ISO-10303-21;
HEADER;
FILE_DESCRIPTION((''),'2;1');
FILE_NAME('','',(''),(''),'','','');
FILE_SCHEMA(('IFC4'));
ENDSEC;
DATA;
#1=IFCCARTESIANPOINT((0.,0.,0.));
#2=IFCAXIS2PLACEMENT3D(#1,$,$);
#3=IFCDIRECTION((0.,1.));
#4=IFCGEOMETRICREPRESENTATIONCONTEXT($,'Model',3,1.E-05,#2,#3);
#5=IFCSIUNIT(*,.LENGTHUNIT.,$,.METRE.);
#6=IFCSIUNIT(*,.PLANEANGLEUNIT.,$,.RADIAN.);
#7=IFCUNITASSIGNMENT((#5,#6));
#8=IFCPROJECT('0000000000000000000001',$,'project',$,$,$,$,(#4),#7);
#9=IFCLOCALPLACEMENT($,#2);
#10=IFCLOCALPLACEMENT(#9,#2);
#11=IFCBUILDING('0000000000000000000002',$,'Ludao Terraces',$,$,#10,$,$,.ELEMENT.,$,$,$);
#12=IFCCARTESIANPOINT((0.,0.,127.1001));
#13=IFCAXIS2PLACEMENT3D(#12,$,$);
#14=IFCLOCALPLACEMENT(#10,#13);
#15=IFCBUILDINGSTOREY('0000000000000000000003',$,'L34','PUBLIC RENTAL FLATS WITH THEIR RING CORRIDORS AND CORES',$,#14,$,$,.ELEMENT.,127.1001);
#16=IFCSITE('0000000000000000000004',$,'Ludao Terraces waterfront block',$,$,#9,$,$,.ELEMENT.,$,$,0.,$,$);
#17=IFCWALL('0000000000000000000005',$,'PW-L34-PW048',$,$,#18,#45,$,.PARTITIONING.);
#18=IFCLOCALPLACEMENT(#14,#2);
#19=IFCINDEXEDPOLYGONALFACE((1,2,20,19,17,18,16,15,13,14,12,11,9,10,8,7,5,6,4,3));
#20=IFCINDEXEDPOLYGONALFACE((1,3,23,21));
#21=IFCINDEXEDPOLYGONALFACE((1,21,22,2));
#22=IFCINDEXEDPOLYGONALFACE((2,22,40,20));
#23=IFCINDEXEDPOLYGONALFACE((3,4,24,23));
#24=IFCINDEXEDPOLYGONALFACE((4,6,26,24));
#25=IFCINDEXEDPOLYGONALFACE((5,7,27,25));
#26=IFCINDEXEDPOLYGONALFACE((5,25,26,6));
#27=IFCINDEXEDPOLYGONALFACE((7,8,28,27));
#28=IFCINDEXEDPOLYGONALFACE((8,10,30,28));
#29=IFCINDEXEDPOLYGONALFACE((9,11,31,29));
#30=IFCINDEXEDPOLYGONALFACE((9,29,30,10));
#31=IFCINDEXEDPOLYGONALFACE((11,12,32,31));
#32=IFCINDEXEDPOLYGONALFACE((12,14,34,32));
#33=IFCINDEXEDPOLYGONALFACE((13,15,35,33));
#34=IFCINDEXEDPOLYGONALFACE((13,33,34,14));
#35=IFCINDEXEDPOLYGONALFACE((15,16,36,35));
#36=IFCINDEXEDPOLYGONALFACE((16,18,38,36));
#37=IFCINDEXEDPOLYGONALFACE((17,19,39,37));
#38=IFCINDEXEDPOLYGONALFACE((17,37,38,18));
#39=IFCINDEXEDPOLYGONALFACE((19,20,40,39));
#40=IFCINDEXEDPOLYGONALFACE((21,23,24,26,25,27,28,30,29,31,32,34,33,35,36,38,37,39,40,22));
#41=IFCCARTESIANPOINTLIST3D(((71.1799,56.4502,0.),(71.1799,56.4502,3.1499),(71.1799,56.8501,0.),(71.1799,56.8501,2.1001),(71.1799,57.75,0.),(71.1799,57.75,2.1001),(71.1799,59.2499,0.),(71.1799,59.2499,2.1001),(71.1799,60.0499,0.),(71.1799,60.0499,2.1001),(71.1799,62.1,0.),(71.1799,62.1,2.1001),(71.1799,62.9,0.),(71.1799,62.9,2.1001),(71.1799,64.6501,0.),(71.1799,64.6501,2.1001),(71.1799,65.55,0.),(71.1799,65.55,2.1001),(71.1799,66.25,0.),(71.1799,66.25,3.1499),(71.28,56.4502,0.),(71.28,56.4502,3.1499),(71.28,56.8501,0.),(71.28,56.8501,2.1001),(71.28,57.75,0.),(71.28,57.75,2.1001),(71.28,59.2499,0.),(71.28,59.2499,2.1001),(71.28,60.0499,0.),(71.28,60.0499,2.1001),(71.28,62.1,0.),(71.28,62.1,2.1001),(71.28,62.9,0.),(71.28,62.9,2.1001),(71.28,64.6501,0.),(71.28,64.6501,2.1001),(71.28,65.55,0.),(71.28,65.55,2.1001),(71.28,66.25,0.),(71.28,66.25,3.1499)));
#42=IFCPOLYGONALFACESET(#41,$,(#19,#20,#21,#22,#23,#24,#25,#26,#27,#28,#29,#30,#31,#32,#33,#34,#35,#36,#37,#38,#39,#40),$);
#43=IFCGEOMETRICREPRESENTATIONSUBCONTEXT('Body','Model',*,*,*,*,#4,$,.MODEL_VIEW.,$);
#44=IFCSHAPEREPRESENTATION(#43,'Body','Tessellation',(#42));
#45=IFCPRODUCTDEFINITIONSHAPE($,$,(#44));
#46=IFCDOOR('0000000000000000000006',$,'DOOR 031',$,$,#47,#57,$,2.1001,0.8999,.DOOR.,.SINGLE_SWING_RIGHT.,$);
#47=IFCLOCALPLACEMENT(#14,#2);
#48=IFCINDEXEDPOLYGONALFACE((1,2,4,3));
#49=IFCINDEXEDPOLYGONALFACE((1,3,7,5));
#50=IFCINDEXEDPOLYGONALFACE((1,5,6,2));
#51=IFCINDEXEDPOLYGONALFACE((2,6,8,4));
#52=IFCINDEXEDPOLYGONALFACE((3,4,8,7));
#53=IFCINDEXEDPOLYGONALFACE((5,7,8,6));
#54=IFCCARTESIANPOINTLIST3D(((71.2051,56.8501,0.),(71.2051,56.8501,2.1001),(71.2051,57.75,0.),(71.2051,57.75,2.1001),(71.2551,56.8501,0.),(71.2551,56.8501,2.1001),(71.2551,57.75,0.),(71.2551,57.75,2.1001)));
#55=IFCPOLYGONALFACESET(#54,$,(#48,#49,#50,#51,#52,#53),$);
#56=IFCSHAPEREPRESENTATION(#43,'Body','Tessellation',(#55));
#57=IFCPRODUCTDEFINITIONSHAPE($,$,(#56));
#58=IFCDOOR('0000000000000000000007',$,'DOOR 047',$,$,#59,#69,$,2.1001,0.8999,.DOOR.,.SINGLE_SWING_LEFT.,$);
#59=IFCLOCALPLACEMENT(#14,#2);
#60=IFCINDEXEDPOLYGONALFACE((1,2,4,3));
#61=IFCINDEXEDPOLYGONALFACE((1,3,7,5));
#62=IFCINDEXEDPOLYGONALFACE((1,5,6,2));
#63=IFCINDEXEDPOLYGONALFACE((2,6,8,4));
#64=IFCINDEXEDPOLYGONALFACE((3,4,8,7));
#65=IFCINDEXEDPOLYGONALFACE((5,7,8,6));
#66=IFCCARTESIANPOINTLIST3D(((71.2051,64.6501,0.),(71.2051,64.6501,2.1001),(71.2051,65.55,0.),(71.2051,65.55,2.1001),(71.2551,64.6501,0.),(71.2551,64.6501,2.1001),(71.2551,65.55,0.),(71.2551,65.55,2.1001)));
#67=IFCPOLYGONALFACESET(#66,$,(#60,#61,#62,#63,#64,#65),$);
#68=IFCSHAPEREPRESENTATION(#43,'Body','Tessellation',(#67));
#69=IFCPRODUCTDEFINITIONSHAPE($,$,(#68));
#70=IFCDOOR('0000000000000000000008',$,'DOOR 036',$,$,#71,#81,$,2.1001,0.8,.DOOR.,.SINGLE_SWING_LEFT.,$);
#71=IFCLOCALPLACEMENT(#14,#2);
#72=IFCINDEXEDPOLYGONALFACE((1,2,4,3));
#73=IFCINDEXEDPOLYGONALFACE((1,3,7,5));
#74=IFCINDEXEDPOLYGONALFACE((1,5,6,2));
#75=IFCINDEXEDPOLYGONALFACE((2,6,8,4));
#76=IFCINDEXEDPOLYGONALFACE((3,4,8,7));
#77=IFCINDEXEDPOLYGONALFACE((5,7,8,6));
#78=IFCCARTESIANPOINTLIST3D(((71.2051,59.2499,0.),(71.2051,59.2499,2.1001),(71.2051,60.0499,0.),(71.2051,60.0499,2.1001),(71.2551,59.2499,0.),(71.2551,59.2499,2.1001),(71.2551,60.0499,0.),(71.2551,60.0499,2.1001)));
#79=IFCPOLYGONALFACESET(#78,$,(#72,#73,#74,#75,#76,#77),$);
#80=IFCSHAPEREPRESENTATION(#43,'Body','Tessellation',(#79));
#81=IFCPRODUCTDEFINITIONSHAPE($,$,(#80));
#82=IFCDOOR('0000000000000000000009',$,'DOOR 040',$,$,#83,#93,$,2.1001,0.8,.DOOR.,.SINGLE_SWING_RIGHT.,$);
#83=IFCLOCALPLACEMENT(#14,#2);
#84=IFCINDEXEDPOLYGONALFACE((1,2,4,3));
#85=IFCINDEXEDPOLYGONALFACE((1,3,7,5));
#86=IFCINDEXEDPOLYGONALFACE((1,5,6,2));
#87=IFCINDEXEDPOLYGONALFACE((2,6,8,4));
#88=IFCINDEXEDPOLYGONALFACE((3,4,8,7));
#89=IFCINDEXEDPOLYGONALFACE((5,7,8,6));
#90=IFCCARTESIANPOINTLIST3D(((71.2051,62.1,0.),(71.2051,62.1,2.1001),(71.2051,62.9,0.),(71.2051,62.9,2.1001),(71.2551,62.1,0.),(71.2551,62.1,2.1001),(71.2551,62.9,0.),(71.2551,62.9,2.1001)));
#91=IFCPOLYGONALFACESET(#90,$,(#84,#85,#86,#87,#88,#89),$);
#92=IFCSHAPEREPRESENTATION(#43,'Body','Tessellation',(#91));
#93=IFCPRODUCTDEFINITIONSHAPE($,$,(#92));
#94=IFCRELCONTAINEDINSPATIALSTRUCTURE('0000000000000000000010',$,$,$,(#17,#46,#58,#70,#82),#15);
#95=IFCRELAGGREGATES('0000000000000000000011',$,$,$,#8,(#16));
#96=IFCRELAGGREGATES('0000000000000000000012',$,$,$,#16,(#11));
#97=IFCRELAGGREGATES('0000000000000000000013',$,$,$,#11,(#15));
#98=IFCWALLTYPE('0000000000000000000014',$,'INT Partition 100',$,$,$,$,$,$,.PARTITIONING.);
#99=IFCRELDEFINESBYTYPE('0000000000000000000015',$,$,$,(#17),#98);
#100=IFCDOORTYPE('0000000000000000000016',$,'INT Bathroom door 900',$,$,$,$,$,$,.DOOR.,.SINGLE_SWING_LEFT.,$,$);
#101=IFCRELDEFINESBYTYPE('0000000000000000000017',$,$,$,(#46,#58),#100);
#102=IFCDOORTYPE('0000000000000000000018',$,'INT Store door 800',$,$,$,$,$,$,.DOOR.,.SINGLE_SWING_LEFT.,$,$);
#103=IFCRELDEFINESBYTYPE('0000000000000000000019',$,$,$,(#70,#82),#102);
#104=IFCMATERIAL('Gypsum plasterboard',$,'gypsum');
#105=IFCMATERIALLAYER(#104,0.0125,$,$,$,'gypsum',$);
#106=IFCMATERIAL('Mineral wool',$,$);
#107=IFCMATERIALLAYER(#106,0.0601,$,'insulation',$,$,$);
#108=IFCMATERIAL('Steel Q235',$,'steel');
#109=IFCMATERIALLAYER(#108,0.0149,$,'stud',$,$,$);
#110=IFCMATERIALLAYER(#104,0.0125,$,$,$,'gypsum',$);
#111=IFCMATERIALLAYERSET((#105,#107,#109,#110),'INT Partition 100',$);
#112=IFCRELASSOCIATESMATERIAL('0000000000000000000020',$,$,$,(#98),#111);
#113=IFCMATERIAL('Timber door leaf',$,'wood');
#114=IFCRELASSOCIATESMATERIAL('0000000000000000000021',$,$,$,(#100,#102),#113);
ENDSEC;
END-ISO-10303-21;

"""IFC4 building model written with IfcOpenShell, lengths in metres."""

from ifc_helpers import new_model, si_unit, direction, frame, frame_2d, origin, place, context, subcontext, project, spatial, rectangle, extrude, material, layer, layer_set, type_object, element, fill, save


model = new_model("IFC4")

# Units and contexts
model_context = context("Model", 3, precision=1e-05, world=origin(), true_north=direction((0.0, 1.0)))
body_context = subcontext(model_context, "Body", "Model", "MODEL_VIEW")
ifc_project = project(units=[si_unit("LENGTHUNIT", "METRE"), si_unit("PLANEANGLEUNIT", "RADIAN")], contexts=[model_context])

# Site, building, storey
site_placement = place(None, origin())
site = spatial("IfcSite", under=ifc_project, at=site_placement, Name="Ludao Terraces waterfront block", CompositionType="ELEMENT", RefElevation=0.0)
building_placement = place(site_placement, origin())
building = spatial("IfcBuilding", under=site, at=building_placement, Name="Ludao Terraces", CompositionType="ELEMENT")
storey_placement = place(building_placement, frame((0.0, 0.0, 127.1001)))
storey = spatial("IfcBuildingStorey", under=building, at=storey_placement, Name="L34", Description="PUBLIC RENTAL FLATS WITH THEIR RING CORRIDORS AND CORES", CompositionType="ELEMENT", Elevation=127.1001)

# Shared definitions
ifc_material_1 = material(Name="Steel Q235", Category="steel")
ifc_material_2 = material(Name="Timber door leaf", Category="wood")

# Shared definitions
ifc_material_3 = material(Name="Gypsum plasterboard", Category="gypsum")
ifc_layer_1 = layer(ifc_material_3, 0.0125, Category="gypsum")
ifc_material_4 = material(Name="Mineral wool")
ifc_layer_2 = layer(ifc_material_4, 0.0601, Name="insulation")
ifc_layer_3 = layer(ifc_material_1, 0.0149, Name="stud")
ifc_layer_4 = layer(ifc_material_3, 0.0125, Category="gypsum")
ifc_layer_set_1 = layer_set([ifc_layer_1, ifc_layer_2, ifc_layer_3, ifc_layer_4], Name="INT Partition 100")
wall_type_1 = type_object("IfcWallType", Name="INT Partition 100", PredefinedType="PARTITIONING", material=ifc_layer_set_1)

# Wall, openings, doors
wall_1_placement = place(storey_placement, frame((71.23, 56.4502, 0.0), z_axis=(0.0, 0.0, 1.0), x_axis=(0.0, 1.0, 0.0)))
wall_1 = element("IfcWall", 1, at=wall_1_placement, inside=storey, type_object=wall_type_1, Name="PW-L34-PW048", PredefinedType="PARTITIONING", context=body_context, shape_type="SweptSolid", body=[
    extrude(rectangle(XDim=9.7998, YDim=0.1001, at=frame_2d((4.8999, 0.0))), origin(), (0.0, 0.0, 1.0), 3.1499),
])
opening_1_placement = place(wall_1_placement, frame((0.3999, 0.0, 0.0)))
opening_1 = element("IfcOpeningElement", 2, at=opening_1_placement, cuts=wall_1, PredefinedType="OPENING", context=body_context, shape_type="SweptSolid", body=[
    extrude(rectangle(XDim=0.8999, YDim=2.1001, at=frame_2d((0.45, 1.05))), frame((0.0, 0.0601, 0.0), z_axis=(0.0, -1.0, 0.0), x_axis=(1.0, 0.0, 0.0)), (0.0, 0.0, 1.0), 0.1201),
])
opening_2_placement = place(wall_1_placement, frame((2.7998, 0.0, 0.0)))
opening_2 = element("IfcOpeningElement", 3, at=opening_2_placement, cuts=wall_1, PredefinedType="OPENING", context=body_context, shape_type="SweptSolid", body=[
    extrude(rectangle(XDim=0.8, YDim=2.1001, at=frame_2d((0.3999, 1.05))), frame((0.0, 0.0601, 0.0), z_axis=(0.0, -1.0, 0.0), x_axis=(1.0, 0.0, 0.0)), (0.0, 0.0, 1.0), 0.1201),
])
opening_3_placement = place(wall_1_placement, frame((5.6499, 0.0, 0.0)))
opening_3 = element("IfcOpeningElement", 4, at=opening_3_placement, cuts=wall_1, PredefinedType="OPENING", context=body_context, shape_type="SweptSolid", body=[
    extrude(rectangle(XDim=0.8, YDim=2.1001, at=frame_2d((0.3999, 1.05))), frame((0.0, 0.0601, 0.0), z_axis=(0.0, -1.0, 0.0), x_axis=(1.0, 0.0, 0.0)), (0.0, 0.0, 1.0), 0.1201),
])
opening_4_placement = place(wall_1_placement, frame((8.2, 0.0, 0.0)))
opening_4 = element("IfcOpeningElement", 5, at=opening_4_placement, cuts=wall_1, PredefinedType="OPENING", context=body_context, shape_type="SweptSolid", body=[
    extrude(rectangle(XDim=0.8999, YDim=2.1001, at=frame_2d((0.45, 1.05))), frame((0.0, 0.0601, 0.0), z_axis=(0.0, -1.0, 0.0), x_axis=(1.0, 0.0, 0.0)), (0.0, 0.0, 1.0), 0.1201),
])
door_type_1 = type_object("IfcDoorType", Name="INT Bathroom door 900", OperationType="SINGLE_SWING_LEFT", PredefinedType="DOOR", material=ifc_material_2)
door_1_placement = place(opening_1_placement, origin())
door_1 = element("IfcDoor", 6, at=door_1_placement, inside=storey, type_object=door_type_1, Name="DOOR 031", OperationType="SINGLE_SWING_RIGHT", OverallHeight=2.1001, OverallWidth=0.8999, PredefinedType="DOOR", context=body_context, shape_type="SweptSolid", body=[
    extrude(rectangle(XDim=0.8999, YDim=2.1001, at=frame_2d((0.45, 1.05))), frame((0.0, 0.0249, 0.0), z_axis=(0.0, -1.0, 0.0), x_axis=(1.0, 0.0, 0.0)), (0.0, 0.0, 1.0), 0.05),
])
fill(opening_1, door_1)
door_2_placement = place(opening_4_placement, origin())
door_2 = element("IfcDoor", 7, at=door_2_placement, inside=storey, type_object=door_type_1, Name="DOOR 047", OperationType="SINGLE_SWING_LEFT", OverallHeight=2.1001, OverallWidth=0.8999, PredefinedType="DOOR", context=body_context, shape_type="SweptSolid", body=[
    extrude(rectangle(XDim=0.8999, YDim=2.1001, at=frame_2d((0.45, 1.05))), frame((0.0, 0.0249, 0.0), z_axis=(0.0, -1.0, 0.0), x_axis=(1.0, 0.0, 0.0)), (0.0, 0.0, 1.0), 0.05),
])
fill(opening_4, door_2)
door_type_2 = type_object("IfcDoorType", Name="INT Store door 800", OperationType="SINGLE_SWING_LEFT", PredefinedType="DOOR", material=ifc_material_2)
door_3_placement = place(opening_2_placement, origin())
door_3 = element("IfcDoor", 8, at=door_3_placement, inside=storey, type_object=door_type_2, Name="DOOR 036", OperationType="SINGLE_SWING_LEFT", OverallHeight=2.1001, OverallWidth=0.8, PredefinedType="DOOR", context=body_context, shape_type="SweptSolid", body=[
    extrude(rectangle(XDim=0.8, YDim=2.1001, at=frame_2d((0.3999, 1.05))), frame((0.0, 0.0249, 0.0), z_axis=(0.0, -1.0, 0.0), x_axis=(1.0, 0.0, 0.0)), (0.0, 0.0, 1.0), 0.05),
])
fill(opening_2, door_3)
door_4_placement = place(opening_3_placement, origin())
door_4 = element("IfcDoor", 9, at=door_4_placement, inside=storey, type_object=door_type_2, Name="DOOR 040", OperationType="SINGLE_SWING_RIGHT", OverallHeight=2.1001, OverallWidth=0.8, PredefinedType="DOOR", context=body_context, shape_type="SweptSolid", body=[
    extrude(rectangle(XDim=0.8, YDim=2.1001, at=frame_2d((0.3999, 1.05))), frame((0.0, 0.0249, 0.0), z_axis=(0.0, -1.0, 0.0), x_axis=(1.0, 0.0, 0.0)), (0.0, 0.0, 1.0), 0.05),
])
fill(opening_3, door_4)

save(model, "model.ifc")
